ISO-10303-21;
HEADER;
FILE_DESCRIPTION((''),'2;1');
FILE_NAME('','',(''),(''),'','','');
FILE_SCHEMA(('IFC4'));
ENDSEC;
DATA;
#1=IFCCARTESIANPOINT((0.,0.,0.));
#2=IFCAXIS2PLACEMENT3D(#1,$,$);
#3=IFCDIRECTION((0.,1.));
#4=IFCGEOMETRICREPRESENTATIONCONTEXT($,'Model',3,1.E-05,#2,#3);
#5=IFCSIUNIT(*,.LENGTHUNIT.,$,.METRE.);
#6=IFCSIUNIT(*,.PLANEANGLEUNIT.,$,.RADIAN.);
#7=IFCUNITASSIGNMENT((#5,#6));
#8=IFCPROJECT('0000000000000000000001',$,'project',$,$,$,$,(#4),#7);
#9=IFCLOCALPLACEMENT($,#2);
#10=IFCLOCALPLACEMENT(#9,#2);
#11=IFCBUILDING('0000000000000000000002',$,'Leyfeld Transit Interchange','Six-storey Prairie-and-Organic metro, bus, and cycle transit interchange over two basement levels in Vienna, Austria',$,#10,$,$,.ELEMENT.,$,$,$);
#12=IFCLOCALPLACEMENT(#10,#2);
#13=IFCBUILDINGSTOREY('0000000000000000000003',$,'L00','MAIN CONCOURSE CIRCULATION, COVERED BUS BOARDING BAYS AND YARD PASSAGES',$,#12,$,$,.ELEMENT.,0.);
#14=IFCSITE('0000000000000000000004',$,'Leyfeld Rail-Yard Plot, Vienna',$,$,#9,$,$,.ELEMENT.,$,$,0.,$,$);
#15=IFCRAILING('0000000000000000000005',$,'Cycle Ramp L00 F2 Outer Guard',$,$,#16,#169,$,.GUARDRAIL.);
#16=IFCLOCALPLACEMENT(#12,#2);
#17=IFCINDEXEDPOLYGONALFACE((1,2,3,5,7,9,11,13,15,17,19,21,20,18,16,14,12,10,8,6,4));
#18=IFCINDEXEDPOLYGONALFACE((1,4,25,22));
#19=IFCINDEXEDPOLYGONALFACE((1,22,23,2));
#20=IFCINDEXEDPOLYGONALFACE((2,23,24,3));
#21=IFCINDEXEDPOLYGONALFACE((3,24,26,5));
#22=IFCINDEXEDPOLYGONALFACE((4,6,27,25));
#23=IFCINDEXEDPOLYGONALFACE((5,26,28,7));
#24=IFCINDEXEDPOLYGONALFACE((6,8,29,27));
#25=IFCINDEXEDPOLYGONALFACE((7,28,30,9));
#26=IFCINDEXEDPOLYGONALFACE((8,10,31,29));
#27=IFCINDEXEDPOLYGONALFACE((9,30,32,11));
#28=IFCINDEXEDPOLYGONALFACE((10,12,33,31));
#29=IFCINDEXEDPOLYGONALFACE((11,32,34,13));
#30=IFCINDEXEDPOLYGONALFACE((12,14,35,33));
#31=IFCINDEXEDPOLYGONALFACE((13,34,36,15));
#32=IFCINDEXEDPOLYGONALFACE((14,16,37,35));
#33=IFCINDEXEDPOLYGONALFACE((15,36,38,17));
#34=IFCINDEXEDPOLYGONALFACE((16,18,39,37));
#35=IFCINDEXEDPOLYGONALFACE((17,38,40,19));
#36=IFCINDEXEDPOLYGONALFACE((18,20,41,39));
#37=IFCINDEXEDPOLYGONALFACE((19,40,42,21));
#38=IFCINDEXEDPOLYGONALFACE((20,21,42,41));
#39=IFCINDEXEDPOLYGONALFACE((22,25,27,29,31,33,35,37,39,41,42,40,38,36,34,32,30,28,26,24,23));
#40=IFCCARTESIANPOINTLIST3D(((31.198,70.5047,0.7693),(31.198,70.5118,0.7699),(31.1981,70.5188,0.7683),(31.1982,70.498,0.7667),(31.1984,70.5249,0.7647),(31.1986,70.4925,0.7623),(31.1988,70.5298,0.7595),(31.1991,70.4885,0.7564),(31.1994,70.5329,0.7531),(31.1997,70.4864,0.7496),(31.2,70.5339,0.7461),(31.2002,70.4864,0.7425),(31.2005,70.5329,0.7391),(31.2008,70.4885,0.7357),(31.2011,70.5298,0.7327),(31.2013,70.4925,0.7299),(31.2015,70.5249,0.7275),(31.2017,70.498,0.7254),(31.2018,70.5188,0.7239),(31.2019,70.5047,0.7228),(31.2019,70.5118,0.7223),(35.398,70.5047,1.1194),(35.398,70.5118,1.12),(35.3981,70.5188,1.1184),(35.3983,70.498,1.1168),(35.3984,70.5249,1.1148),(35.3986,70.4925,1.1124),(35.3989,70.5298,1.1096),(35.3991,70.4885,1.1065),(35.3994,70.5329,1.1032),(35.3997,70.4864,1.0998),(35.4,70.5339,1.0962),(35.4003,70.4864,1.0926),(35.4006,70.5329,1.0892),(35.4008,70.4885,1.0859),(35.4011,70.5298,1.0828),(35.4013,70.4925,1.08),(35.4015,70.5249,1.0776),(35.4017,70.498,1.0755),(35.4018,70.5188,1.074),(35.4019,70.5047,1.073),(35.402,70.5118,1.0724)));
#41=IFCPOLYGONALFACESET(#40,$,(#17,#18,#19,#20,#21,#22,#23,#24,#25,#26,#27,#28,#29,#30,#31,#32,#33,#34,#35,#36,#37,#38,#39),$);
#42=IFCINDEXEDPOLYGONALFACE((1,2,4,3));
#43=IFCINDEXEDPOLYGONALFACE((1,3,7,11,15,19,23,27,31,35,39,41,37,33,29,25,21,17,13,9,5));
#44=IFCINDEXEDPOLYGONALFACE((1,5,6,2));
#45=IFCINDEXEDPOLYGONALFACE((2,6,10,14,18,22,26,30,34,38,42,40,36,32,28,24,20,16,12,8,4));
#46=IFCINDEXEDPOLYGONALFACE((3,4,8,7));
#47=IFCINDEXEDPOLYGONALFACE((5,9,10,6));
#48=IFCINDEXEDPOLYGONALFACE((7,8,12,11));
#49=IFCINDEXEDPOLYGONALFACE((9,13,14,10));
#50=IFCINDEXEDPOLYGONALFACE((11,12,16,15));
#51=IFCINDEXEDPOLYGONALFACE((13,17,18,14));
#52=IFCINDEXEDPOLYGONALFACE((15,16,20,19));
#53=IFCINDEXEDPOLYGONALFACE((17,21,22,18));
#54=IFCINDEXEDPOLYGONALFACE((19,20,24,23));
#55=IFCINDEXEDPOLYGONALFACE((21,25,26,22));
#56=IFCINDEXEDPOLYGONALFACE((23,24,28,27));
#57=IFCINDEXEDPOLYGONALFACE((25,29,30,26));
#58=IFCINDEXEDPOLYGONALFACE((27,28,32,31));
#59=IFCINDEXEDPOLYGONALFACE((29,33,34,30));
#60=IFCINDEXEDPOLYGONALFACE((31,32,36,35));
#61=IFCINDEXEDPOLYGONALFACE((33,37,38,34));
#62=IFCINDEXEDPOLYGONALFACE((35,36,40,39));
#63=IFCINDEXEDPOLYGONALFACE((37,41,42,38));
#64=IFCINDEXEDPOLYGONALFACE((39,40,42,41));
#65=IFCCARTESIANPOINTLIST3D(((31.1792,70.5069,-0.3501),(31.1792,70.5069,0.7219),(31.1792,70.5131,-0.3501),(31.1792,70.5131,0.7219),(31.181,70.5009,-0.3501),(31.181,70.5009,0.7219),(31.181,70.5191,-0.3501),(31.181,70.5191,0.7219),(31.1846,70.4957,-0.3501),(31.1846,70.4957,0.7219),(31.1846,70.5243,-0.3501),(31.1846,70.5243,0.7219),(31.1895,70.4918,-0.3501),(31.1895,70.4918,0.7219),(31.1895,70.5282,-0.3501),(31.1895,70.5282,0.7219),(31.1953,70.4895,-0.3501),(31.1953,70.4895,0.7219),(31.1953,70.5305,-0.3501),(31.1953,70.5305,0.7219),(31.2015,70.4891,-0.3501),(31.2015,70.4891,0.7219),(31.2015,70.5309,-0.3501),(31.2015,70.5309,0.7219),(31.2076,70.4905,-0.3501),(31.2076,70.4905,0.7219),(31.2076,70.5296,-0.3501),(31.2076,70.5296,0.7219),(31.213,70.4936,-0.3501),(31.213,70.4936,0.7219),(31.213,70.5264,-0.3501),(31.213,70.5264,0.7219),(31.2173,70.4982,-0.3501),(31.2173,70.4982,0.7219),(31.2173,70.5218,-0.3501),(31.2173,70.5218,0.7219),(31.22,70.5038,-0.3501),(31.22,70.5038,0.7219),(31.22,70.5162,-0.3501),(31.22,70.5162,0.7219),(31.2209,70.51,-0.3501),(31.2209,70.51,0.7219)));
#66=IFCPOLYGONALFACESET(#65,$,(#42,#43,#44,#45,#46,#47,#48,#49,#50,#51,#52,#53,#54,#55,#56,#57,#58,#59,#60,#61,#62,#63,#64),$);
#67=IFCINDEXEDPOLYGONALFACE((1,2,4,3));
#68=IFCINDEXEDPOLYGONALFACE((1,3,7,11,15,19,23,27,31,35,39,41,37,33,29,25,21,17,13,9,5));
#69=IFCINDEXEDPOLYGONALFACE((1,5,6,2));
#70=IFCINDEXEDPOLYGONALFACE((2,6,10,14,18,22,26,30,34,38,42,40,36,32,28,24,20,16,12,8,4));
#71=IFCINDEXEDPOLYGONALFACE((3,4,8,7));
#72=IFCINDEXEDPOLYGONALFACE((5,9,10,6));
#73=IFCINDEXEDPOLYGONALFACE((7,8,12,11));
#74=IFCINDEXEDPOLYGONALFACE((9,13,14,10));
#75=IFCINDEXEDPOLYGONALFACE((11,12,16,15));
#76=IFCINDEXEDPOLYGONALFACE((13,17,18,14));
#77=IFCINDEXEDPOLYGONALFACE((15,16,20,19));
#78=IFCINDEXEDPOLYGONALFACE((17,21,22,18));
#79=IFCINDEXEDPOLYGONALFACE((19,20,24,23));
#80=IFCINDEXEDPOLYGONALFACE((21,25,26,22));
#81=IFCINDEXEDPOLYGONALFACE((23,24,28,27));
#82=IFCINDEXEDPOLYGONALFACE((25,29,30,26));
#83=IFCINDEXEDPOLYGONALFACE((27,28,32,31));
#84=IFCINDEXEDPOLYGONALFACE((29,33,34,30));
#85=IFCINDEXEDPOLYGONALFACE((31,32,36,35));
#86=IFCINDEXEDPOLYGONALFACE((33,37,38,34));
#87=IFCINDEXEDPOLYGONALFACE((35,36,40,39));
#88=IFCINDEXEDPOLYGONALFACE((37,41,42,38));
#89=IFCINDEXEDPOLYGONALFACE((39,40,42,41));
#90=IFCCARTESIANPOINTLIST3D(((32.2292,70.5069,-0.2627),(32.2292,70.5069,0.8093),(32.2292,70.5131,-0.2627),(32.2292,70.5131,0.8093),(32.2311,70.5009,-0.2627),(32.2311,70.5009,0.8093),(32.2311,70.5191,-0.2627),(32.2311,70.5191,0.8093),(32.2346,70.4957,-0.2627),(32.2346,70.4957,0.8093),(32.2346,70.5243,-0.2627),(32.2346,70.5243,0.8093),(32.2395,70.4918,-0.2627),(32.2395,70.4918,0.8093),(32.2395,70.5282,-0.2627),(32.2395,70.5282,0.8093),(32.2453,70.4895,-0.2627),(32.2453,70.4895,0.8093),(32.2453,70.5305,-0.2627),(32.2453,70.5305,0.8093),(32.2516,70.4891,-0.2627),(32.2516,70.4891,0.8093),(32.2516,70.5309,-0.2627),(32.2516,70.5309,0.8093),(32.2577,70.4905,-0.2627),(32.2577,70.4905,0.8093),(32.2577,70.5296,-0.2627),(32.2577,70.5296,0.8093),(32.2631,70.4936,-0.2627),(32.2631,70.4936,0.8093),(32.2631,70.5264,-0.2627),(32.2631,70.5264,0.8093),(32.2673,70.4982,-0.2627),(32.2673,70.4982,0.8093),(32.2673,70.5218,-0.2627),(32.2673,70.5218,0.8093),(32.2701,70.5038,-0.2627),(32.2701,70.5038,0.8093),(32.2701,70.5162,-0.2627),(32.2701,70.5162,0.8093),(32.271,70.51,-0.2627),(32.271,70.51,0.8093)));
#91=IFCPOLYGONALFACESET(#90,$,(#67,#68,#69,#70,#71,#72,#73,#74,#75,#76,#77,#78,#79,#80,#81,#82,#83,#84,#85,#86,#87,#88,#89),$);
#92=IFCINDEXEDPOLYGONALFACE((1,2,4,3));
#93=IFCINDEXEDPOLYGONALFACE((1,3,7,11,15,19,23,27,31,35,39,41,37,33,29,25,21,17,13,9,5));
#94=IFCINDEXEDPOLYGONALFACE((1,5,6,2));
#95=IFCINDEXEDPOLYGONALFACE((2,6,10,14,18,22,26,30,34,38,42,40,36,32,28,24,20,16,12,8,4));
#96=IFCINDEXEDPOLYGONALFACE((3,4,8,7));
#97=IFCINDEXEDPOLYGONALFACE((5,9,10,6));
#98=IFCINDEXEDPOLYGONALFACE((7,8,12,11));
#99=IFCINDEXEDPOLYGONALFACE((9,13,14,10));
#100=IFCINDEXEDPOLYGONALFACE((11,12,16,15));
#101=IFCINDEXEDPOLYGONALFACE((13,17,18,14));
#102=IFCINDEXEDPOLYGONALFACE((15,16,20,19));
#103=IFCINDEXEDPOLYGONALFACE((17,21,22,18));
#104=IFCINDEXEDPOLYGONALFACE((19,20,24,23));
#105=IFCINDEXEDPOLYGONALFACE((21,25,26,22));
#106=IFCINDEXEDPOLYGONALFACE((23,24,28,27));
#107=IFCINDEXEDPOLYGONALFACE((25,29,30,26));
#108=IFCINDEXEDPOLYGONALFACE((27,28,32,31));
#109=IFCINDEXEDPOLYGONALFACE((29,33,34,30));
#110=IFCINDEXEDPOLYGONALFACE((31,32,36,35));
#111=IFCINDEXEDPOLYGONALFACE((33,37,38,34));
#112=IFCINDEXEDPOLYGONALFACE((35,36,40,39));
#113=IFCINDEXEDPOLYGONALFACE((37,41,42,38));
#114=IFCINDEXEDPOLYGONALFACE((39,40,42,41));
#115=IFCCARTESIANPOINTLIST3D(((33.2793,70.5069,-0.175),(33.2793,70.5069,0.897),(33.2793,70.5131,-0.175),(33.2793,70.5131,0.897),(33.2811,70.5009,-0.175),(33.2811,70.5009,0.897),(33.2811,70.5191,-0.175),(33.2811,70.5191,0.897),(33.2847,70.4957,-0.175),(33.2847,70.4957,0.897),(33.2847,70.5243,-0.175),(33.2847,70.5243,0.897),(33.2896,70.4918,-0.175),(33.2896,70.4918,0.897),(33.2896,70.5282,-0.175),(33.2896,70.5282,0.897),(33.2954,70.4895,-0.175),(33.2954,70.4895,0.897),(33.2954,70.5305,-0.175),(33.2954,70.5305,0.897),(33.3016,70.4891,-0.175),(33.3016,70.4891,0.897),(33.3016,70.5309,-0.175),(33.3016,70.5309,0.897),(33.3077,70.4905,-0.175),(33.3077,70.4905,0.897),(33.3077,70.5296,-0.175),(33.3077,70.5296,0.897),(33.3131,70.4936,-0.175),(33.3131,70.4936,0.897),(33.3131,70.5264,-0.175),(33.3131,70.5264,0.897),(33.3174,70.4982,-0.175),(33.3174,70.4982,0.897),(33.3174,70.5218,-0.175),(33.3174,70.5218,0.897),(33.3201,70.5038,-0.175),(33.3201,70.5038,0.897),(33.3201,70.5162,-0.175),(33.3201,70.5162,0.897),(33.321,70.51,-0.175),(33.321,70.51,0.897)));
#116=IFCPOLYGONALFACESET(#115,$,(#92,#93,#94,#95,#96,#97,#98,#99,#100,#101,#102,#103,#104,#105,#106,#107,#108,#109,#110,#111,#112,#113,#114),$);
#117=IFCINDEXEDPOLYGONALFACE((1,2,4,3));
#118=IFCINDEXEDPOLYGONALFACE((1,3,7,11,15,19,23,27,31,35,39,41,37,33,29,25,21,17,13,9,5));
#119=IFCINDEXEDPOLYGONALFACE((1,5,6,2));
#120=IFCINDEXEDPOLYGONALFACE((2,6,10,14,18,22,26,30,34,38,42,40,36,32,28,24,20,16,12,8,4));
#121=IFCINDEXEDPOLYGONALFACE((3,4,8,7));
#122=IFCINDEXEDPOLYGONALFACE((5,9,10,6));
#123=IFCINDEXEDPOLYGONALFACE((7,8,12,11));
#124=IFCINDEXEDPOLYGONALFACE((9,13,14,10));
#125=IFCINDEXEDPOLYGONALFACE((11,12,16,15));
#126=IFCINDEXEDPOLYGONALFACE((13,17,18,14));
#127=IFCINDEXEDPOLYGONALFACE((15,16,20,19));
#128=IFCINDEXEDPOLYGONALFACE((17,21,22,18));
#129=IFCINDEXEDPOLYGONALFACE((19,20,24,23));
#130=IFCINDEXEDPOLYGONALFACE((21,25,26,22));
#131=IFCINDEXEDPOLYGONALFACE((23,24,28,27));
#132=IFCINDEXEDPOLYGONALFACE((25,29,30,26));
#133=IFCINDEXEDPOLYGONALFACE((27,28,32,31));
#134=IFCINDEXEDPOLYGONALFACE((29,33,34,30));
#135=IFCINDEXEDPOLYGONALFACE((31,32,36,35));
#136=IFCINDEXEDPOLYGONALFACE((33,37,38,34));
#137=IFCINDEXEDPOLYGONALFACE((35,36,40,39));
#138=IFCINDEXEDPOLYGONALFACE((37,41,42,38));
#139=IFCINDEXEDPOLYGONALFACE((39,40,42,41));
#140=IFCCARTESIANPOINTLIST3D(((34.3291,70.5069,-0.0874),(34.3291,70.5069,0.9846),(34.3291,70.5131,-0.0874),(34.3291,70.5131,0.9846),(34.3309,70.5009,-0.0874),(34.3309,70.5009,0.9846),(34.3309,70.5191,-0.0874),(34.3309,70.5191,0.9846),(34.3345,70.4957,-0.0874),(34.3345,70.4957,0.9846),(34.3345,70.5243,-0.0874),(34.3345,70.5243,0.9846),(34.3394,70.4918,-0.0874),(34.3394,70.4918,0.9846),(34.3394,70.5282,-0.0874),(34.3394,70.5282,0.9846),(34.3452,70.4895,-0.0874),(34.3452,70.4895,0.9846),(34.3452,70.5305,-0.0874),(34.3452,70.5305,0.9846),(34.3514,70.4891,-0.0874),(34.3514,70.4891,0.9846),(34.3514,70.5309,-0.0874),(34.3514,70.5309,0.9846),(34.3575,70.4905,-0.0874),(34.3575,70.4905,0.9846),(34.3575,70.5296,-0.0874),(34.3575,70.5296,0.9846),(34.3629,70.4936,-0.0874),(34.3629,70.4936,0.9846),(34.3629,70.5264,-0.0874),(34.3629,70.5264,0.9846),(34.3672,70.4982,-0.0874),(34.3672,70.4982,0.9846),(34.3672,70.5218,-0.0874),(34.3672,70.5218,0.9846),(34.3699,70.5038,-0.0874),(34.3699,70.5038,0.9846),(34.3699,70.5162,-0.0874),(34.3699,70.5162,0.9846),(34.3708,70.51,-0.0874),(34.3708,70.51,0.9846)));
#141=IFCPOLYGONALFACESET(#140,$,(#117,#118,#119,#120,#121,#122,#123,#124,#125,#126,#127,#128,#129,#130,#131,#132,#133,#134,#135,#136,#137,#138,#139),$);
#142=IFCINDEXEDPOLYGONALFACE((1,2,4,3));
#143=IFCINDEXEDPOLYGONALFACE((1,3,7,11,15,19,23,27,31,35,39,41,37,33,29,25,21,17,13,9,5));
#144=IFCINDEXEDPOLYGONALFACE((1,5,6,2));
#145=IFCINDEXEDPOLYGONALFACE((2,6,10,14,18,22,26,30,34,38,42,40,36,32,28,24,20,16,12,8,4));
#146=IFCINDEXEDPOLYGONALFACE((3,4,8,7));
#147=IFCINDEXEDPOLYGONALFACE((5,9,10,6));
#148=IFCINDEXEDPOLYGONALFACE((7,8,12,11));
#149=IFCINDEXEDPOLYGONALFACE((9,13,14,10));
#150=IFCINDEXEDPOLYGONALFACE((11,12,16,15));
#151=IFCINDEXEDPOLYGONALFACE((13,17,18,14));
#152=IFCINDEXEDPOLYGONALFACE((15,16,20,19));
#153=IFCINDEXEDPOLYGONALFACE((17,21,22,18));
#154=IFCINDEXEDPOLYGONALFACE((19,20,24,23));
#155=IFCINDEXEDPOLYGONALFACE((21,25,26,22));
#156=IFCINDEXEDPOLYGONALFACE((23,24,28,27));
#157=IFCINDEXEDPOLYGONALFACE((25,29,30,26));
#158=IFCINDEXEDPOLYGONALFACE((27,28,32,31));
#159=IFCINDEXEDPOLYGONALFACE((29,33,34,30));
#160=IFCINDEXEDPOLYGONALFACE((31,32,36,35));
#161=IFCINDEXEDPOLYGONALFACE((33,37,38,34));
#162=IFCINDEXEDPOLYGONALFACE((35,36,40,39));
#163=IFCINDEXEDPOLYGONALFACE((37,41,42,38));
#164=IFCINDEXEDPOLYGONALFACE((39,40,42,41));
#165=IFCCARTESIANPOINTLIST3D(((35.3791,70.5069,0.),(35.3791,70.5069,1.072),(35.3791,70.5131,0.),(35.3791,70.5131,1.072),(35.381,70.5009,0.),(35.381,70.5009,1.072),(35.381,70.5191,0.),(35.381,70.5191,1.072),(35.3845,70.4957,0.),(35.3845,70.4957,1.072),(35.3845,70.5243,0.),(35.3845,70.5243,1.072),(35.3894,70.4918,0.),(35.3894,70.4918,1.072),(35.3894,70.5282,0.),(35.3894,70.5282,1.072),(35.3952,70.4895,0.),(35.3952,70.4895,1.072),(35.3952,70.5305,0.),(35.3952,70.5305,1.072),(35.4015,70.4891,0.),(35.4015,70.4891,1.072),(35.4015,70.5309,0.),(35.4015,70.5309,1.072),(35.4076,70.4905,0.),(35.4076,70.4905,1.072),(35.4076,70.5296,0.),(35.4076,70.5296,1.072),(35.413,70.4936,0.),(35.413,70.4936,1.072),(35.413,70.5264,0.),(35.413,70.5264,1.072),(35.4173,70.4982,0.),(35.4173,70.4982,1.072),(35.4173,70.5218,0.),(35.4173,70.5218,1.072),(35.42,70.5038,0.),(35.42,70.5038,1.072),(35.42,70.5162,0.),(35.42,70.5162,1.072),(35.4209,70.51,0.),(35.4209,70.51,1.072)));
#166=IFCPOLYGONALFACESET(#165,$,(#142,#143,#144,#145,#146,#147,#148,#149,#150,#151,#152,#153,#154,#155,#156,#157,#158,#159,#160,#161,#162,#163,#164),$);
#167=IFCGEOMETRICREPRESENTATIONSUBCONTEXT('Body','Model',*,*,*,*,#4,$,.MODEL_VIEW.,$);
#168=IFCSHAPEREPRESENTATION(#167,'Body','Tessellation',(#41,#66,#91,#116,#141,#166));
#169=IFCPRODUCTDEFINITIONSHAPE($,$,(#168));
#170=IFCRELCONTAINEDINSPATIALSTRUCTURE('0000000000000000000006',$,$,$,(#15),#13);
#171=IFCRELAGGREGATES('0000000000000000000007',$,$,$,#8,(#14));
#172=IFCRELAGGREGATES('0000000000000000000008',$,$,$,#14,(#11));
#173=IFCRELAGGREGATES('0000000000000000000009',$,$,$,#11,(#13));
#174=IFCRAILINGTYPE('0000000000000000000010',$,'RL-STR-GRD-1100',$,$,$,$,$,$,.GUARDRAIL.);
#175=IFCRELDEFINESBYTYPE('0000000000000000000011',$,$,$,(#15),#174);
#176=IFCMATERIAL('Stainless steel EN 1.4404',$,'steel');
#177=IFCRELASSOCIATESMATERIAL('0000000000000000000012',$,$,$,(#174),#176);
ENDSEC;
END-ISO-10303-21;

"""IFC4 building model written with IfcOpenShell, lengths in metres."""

from ifc_helpers import new_model, si_unit, direction, frame, origin, origin_2d, place, context, subcontext, project, spatial, circle, extrude, material, type_object, element, save


model = new_model("IFC4")

# Units and contexts
model_context = context("Model", 3, precision=1e-05, world=origin(), true_north=direction((0.0, 1.0)))
body_context = subcontext(model_context, "Body", "Model", "MODEL_VIEW")
ifc_project = project(units=[si_unit("LENGTHUNIT", "METRE"), si_unit("PLANEANGLEUNIT", "RADIAN")], contexts=[model_context])

# Site, building, storey
site_placement = place(None, origin())
site = spatial("IfcSite", under=ifc_project, at=site_placement, Name="Leyfeld Rail-Yard Plot, Vienna", CompositionType="ELEMENT", RefElevation=0.0)
building_placement = place(site_placement, origin())
building = spatial("IfcBuilding", under=site, at=building_placement, Name="Leyfeld Transit Interchange", Description="Six-storey Prairie-and-Organic metro, bus, and cycle transit interchange over two basement levels in Vienna, Austria", CompositionType="ELEMENT")
storey_placement = place(building_placement, origin())
storey = spatial("IfcBuildingStorey", under=building, at=storey_placement, Name="L00", Description="MAIN CONCOURSE CIRCULATION, COVERED BUS BOARDING BAYS AND YARD PASSAGES", CompositionType="ELEMENT", Elevation=0.0)

# Railing
ifc_material_1 = material(Name="Stainless steel EN 1.4404", Category="steel")
railing_type_1 = type_object("IfcRailingType", Name="RL-STR-GRD-1100", PredefinedType="GUARDRAIL", material=ifc_material_1)
railing_1_placement = place(storey_placement, frame((31.2, 70.51, -0.3501)))
element("IfcRailing", 1, at=railing_1_placement, inside=storey, type_object=railing_type_1, Name="Cycle Ramp L00 F2 Outer Guard", PredefinedType="GUARDRAIL", context=body_context, shape_type="SweptSolid", body=[
    extrude(circle(Radius=0.0239, at=origin_2d()), frame((0.0, 0.0, 1.0962), z_axis=(0.996544, 0.0, 0.083069), x_axis=(0.0, 1.0, 0.0)), (0.0, 0.0, 1.0), 4.2146),
    extrude(circle(Radius=0.021, at=origin_2d()), origin(), (0.0, 0.0, 1.0), 1.072),
    extrude(circle(Radius=0.021, at=origin_2d()), frame((1.05, 0.0, 0.0874)), (0.0, 0.0, 1.0), 1.072),
    extrude(circle(Radius=0.021, at=origin_2d()), frame((2.1001, 0.0, 0.175)), (0.0, 0.0, 1.0), 1.072),
    extrude(circle(Radius=0.021, at=origin_2d()), frame((3.1499, 0.0, 0.2627)), (0.0, 0.0, 1.0), 1.072),
    extrude(circle(Radius=0.021, at=origin_2d()), frame((4.2, 0.0, 0.3501)), (0.0, 0.0, 1.0), 1.072),
])

save(model, "model.ifc")
